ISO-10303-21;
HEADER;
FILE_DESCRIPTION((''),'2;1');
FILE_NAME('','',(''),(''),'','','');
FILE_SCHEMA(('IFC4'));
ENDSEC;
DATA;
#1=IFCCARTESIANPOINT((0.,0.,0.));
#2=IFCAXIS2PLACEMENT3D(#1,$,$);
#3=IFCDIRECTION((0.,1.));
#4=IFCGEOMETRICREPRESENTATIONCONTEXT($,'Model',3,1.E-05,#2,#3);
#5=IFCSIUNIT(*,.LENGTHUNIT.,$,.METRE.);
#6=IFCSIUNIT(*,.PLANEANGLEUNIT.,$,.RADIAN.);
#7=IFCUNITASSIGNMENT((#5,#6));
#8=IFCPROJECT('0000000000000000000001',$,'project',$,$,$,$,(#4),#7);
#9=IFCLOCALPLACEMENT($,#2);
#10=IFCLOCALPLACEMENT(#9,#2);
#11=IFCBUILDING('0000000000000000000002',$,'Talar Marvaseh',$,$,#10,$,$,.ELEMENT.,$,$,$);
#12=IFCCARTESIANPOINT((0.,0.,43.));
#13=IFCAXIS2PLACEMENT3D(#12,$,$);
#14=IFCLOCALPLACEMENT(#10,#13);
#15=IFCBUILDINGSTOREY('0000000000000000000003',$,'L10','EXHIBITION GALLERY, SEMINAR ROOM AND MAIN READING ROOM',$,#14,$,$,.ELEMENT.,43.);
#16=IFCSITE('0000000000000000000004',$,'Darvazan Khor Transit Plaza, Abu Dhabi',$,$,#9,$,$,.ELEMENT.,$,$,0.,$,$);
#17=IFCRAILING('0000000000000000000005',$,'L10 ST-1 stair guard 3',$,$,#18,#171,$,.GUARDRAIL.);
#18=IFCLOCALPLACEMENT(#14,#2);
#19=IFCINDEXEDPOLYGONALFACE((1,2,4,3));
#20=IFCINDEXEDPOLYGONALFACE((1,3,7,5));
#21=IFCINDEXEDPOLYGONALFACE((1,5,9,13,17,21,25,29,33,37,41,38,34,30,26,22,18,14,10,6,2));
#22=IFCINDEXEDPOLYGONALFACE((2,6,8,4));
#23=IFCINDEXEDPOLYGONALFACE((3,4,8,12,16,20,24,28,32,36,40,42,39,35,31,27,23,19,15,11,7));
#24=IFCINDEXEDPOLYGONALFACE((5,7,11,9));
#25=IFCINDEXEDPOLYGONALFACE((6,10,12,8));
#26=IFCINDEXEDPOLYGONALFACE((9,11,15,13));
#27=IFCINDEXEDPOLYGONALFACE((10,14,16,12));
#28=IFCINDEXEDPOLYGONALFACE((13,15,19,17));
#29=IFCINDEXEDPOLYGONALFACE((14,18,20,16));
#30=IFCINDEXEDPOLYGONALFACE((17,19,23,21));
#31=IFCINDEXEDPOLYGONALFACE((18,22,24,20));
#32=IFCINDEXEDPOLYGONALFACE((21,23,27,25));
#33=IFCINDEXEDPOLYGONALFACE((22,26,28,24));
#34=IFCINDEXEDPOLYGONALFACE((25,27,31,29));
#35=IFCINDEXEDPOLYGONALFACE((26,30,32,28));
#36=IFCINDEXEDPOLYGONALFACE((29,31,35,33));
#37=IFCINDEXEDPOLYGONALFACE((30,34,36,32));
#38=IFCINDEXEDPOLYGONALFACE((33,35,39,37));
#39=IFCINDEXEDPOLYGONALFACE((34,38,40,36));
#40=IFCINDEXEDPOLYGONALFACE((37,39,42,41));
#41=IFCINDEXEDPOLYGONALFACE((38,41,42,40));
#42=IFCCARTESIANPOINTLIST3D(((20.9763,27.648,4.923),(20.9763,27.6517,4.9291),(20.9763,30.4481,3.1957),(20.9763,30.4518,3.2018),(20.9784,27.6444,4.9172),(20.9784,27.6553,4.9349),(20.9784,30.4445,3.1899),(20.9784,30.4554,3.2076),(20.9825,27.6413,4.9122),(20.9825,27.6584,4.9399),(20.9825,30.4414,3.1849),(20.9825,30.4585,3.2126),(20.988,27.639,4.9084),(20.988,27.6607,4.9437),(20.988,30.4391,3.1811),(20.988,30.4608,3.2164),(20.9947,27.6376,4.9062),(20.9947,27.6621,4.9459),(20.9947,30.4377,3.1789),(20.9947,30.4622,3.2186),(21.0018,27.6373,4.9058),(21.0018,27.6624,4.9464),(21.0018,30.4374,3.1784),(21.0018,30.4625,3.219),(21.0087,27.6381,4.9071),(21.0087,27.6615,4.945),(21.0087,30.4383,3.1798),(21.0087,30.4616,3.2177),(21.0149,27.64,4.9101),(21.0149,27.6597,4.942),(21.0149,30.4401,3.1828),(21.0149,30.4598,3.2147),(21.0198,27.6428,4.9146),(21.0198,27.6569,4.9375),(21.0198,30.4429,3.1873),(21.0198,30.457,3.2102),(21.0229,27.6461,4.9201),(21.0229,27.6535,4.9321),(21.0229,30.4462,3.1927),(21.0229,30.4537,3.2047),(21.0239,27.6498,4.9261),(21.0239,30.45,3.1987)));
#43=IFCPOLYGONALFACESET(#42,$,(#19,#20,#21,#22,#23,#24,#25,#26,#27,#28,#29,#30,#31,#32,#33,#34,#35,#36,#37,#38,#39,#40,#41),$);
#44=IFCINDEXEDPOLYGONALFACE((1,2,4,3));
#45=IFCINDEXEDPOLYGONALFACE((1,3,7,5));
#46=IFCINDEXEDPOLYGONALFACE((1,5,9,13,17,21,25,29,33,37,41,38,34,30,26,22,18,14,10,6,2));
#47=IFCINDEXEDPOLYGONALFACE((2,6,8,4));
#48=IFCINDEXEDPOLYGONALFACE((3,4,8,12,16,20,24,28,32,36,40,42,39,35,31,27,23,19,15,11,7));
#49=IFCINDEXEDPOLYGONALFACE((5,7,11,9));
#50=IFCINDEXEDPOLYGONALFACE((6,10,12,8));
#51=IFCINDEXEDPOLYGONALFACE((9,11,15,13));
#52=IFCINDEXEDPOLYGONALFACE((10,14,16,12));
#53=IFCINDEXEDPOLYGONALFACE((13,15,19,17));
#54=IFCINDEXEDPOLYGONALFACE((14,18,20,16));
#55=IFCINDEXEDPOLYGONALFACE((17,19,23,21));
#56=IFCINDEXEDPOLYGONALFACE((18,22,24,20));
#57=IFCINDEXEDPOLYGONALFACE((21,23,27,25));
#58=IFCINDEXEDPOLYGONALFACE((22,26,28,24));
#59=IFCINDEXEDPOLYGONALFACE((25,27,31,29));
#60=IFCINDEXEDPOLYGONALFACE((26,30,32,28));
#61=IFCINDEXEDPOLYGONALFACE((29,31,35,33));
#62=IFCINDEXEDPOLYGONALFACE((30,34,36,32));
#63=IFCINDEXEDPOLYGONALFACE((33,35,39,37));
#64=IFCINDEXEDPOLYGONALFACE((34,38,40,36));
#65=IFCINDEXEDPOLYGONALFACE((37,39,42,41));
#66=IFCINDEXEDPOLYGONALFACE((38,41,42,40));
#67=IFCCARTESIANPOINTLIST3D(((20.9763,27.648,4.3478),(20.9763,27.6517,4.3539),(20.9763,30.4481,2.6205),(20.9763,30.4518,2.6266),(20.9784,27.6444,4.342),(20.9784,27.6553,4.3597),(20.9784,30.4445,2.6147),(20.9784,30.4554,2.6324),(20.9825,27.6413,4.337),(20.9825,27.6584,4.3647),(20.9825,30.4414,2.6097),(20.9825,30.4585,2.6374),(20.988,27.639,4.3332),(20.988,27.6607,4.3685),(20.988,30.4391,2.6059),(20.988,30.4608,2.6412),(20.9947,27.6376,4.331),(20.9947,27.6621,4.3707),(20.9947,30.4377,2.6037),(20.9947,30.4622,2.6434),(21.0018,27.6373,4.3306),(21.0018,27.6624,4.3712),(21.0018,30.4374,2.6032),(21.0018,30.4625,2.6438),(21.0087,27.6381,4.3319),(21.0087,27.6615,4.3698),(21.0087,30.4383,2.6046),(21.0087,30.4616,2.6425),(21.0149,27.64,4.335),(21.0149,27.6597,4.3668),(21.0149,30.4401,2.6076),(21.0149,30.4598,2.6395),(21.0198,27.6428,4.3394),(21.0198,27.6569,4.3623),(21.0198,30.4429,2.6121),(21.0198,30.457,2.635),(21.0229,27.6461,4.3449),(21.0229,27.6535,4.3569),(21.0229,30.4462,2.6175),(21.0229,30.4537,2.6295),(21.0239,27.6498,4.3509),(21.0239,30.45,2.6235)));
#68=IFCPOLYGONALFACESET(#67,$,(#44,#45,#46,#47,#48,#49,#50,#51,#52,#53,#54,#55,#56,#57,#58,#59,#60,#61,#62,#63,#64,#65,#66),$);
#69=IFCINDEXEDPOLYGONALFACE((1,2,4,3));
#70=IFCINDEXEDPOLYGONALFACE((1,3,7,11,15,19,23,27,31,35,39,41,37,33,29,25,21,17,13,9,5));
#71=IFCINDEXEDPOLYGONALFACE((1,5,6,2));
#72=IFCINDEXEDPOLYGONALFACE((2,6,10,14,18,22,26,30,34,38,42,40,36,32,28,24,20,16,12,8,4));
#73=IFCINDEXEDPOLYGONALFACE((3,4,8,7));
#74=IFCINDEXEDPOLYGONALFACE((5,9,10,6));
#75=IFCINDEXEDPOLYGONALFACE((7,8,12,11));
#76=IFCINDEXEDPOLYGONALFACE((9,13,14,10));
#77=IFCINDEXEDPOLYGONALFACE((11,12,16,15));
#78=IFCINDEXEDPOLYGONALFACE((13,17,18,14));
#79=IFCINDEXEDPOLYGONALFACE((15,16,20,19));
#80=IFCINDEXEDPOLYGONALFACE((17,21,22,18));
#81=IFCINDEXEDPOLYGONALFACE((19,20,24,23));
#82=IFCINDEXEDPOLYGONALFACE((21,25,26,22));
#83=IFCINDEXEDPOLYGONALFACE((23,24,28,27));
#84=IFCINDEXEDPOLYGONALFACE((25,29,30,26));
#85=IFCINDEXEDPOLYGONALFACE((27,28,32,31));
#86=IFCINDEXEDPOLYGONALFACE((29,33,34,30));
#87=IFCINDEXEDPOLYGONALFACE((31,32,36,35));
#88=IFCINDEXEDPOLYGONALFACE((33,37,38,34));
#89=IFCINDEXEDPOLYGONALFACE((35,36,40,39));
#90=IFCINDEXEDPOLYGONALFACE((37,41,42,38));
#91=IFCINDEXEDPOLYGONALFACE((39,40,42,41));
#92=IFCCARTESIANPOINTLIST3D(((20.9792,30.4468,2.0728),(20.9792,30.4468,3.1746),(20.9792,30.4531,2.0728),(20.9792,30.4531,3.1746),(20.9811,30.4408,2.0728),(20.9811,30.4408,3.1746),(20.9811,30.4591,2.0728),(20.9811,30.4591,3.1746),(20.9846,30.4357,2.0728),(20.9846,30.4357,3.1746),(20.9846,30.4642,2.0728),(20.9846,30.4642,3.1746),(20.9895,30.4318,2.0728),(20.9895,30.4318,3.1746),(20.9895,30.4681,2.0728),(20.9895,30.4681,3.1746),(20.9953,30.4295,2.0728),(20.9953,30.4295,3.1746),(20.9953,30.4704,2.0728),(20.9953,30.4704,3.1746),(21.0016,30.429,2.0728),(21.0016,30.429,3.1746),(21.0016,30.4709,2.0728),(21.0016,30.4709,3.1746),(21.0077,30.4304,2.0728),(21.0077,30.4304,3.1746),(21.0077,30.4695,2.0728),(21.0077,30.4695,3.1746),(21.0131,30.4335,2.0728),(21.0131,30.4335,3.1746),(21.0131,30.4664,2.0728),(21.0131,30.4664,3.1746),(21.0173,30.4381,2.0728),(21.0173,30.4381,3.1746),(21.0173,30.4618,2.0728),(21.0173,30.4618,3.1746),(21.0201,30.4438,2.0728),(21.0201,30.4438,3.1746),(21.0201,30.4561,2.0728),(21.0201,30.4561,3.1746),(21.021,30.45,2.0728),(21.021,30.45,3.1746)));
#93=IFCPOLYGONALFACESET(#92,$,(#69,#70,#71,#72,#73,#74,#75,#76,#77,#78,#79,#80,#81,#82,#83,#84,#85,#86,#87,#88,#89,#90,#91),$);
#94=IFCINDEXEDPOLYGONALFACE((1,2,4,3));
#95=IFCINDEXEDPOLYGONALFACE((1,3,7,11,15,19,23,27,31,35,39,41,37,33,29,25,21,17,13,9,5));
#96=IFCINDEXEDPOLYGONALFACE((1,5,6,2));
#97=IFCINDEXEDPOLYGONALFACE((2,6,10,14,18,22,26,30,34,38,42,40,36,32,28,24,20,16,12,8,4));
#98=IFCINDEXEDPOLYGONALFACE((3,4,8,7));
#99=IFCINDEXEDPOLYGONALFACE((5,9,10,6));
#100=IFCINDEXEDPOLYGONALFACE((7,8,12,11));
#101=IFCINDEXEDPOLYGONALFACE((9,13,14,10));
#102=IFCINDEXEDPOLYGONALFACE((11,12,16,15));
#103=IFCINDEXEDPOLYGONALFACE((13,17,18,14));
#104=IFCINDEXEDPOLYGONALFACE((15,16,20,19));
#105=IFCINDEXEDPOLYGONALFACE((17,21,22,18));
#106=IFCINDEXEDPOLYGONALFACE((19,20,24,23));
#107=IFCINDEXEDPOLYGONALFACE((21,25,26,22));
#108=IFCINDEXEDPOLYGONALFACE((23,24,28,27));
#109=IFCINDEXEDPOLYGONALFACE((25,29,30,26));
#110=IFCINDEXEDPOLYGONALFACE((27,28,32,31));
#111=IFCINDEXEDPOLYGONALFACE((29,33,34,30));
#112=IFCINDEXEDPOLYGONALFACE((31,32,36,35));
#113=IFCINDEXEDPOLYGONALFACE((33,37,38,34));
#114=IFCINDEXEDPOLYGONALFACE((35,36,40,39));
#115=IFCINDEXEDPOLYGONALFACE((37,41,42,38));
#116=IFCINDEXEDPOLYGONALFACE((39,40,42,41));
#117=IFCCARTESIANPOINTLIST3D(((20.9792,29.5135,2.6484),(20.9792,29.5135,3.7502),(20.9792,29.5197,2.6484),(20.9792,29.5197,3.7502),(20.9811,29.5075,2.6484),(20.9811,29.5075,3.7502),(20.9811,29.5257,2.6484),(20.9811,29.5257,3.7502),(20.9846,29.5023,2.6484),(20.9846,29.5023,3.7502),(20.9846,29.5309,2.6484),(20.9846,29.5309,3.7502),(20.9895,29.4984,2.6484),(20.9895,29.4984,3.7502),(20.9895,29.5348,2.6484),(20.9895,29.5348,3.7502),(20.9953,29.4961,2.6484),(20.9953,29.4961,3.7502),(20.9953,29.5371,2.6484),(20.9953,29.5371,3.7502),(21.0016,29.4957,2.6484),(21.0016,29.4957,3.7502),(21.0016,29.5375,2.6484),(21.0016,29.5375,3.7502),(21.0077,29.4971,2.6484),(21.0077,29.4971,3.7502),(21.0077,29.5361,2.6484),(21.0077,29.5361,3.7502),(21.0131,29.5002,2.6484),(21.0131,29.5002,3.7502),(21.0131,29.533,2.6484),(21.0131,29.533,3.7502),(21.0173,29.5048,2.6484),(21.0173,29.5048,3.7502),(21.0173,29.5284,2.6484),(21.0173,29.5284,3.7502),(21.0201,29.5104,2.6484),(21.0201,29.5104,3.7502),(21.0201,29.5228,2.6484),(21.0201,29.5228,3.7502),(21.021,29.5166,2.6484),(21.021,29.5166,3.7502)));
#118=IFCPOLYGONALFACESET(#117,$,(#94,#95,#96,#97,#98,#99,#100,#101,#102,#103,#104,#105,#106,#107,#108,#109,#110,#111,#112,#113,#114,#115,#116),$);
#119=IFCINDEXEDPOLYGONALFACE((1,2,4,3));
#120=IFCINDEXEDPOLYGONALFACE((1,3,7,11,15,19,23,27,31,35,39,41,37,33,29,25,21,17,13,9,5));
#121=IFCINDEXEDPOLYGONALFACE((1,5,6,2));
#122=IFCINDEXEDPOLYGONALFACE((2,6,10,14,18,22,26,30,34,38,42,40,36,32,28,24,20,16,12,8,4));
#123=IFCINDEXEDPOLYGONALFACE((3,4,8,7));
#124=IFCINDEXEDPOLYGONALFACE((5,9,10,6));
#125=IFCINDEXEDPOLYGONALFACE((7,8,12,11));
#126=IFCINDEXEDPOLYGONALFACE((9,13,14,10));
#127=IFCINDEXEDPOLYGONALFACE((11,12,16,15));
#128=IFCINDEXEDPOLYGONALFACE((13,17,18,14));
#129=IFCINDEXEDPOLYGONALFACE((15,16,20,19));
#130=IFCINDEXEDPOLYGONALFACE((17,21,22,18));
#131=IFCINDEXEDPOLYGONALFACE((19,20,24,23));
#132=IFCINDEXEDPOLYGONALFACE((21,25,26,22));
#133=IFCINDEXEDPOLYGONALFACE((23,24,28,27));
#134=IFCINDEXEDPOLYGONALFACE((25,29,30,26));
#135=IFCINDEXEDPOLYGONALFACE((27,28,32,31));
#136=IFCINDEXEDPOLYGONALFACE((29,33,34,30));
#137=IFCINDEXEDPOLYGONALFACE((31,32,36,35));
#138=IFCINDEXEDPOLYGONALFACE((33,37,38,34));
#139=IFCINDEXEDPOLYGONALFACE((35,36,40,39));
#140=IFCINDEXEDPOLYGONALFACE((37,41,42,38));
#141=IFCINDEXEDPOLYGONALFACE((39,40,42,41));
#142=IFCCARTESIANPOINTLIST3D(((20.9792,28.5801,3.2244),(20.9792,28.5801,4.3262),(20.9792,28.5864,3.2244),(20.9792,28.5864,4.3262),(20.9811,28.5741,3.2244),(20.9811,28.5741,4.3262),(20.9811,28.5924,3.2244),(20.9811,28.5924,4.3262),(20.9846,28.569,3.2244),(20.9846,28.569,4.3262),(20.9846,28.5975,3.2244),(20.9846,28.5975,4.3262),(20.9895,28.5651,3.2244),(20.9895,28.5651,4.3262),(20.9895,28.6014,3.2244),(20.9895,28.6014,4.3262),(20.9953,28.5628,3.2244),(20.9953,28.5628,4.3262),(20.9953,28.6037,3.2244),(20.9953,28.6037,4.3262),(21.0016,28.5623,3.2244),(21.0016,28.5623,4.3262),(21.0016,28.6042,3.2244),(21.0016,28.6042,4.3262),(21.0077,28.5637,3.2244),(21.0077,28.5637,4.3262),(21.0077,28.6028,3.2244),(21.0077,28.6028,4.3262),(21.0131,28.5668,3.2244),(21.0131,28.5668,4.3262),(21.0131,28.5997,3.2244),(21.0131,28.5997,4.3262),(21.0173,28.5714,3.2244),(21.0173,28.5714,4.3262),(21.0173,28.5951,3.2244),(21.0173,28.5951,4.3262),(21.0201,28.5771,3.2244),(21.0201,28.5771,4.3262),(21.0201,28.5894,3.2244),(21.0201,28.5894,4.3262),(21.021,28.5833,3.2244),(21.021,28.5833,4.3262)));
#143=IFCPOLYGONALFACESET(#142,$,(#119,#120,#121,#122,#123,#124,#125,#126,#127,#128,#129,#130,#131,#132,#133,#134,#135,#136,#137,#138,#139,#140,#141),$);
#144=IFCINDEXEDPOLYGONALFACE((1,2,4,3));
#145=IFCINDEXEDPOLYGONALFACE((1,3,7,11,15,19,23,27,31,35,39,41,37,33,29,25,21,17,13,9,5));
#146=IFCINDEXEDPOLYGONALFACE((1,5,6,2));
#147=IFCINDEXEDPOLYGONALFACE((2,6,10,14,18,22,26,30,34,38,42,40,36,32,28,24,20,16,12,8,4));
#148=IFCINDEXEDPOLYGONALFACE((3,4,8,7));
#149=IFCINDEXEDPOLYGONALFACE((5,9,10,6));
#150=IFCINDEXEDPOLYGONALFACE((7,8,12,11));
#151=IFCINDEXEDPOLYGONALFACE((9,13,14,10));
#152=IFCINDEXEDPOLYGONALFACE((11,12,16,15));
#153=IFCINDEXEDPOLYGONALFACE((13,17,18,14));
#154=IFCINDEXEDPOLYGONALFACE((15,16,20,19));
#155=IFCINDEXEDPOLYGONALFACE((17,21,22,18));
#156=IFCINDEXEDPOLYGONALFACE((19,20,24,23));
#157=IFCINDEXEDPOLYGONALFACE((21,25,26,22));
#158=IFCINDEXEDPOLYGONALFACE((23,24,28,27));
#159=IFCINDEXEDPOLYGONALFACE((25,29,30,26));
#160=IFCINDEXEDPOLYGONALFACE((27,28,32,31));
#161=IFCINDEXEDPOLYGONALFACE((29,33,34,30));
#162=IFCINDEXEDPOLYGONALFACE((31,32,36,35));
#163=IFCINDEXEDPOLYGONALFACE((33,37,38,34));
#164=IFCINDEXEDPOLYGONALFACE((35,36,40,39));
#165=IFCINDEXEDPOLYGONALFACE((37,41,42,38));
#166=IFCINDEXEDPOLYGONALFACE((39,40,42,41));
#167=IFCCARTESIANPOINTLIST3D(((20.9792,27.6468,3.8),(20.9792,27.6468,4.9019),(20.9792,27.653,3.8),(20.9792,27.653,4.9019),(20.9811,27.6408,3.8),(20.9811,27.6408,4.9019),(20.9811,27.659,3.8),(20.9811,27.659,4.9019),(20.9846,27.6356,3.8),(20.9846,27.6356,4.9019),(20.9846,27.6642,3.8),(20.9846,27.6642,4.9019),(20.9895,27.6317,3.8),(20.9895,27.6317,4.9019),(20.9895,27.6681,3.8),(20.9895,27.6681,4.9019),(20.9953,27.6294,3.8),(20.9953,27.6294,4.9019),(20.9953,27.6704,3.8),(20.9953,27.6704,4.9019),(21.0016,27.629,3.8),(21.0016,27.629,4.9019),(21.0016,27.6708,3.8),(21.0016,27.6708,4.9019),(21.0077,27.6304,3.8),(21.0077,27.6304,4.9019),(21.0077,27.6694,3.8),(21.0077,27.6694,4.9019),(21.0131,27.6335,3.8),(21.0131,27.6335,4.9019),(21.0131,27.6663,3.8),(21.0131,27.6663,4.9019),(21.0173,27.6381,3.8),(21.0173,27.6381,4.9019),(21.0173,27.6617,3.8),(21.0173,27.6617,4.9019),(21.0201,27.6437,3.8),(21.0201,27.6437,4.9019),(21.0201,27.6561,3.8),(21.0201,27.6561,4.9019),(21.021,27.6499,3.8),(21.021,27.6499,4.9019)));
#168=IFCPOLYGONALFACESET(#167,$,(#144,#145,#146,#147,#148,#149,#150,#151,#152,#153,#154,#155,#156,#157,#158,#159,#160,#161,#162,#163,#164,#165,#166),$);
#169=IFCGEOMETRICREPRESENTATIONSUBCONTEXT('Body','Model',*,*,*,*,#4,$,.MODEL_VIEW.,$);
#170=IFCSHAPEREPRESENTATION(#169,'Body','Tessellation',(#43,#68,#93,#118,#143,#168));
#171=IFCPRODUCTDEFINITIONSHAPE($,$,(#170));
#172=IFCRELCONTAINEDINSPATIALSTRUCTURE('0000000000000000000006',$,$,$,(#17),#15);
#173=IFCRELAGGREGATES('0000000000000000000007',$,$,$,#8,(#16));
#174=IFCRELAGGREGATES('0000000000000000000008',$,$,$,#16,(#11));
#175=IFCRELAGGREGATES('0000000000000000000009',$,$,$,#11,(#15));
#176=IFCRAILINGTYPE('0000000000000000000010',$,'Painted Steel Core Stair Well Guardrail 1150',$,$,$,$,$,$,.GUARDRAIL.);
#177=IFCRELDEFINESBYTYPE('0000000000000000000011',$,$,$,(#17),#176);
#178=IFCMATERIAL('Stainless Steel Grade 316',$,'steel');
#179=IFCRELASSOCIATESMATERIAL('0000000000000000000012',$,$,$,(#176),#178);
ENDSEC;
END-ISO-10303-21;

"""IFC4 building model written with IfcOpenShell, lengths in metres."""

from ifc_helpers import new_model, si_unit, direction, frame, origin, origin_2d, place, context, subcontext, project, spatial, circle, extrude, material, type_object, element, save


model = new_model("IFC4")

# Units and contexts
model_context = context("Model", 3, precision=1e-05, world=origin(), true_north=direction((0.0, 1.0)))
body_context = subcontext(model_context, "Body", "Model", "MODEL_VIEW")
ifc_project = project(units=[si_unit("LENGTHUNIT", "METRE"), si_unit("PLANEANGLEUNIT", "RADIAN")], contexts=[model_context])

# Site, building, storey
site_placement = place(None, origin())
site = spatial("IfcSite", under=ifc_project, at=site_placement, Name="Darvazan Khor Transit Plaza, Abu Dhabi", CompositionType="ELEMENT", RefElevation=0.0)
building_placement = place(site_placement, origin())
building = spatial("IfcBuilding", under=site, at=building_placement, Name="Talar Marvaseh", CompositionType="ELEMENT")
storey_placement = place(building_placement, frame((0.0, 0.0, 43.0)))
storey = spatial("IfcBuildingStorey", under=building, at=storey_placement, Name="L10", Description="EXHIBITION GALLERY, SEMINAR ROOM AND MAIN READING ROOM", CompositionType="ELEMENT", Elevation=43.0)

# Railing
ifc_material_1 = material(Name="Stainless Steel Grade 316", Category="steel")
railing_type_1 = type_object("IfcRailingType", Name="Painted Steel Core Stair Well Guardrail 1150", PredefinedType="GUARDRAIL", material=ifc_material_1)
railing_1_placement = place(storey_placement, frame((21.0, 30.45, 2.0728)))
element("IfcRailing", 1, at=railing_1_placement, inside=storey, type_object=railing_type_1, Name="L10 ST-1 stair guard 3", PredefinedType="GUARDRAIL", context=body_context, shape_type="SweptSolid", body=[
    extrude(circle(Radius=0.0239, at=origin_2d()), frame((0.0, 0.0, 1.126), z_axis=(0.0, -0.85109, 0.52502), x_axis=(1.0, 0.0, 0.0)), (0.0, 0.0, 1.0), 3.29),
    extrude(circle(Radius=0.0239, at=origin_2d()), frame((0.0, 0.0, 0.5508), z_axis=(0.0, -0.85109, 0.52502), x_axis=(1.0, 0.0, 0.0)), (0.0, 0.0, 1.0), 3.29),
    extrude(circle(Radius=0.021, at=origin_2d()), origin(), (0.0, 0.0, 1.0), 1.1018),
    extrude(circle(Radius=0.021, at=origin_2d()), frame((0.0, -0.9333, 0.5757)), (0.0, 0.0, 1.0), 1.1018),
    extrude(circle(Radius=0.021, at=origin_2d()), frame((0.0, -1.8667, 1.1516)), (0.0, 0.0, 1.0), 1.1018),
    extrude(circle(Radius=0.021, at=origin_2d()), frame((0.0, -2.8, 1.7273)), (0.0, 0.0, 1.0), 1.1018),
])

save(model, "model.ifc")
